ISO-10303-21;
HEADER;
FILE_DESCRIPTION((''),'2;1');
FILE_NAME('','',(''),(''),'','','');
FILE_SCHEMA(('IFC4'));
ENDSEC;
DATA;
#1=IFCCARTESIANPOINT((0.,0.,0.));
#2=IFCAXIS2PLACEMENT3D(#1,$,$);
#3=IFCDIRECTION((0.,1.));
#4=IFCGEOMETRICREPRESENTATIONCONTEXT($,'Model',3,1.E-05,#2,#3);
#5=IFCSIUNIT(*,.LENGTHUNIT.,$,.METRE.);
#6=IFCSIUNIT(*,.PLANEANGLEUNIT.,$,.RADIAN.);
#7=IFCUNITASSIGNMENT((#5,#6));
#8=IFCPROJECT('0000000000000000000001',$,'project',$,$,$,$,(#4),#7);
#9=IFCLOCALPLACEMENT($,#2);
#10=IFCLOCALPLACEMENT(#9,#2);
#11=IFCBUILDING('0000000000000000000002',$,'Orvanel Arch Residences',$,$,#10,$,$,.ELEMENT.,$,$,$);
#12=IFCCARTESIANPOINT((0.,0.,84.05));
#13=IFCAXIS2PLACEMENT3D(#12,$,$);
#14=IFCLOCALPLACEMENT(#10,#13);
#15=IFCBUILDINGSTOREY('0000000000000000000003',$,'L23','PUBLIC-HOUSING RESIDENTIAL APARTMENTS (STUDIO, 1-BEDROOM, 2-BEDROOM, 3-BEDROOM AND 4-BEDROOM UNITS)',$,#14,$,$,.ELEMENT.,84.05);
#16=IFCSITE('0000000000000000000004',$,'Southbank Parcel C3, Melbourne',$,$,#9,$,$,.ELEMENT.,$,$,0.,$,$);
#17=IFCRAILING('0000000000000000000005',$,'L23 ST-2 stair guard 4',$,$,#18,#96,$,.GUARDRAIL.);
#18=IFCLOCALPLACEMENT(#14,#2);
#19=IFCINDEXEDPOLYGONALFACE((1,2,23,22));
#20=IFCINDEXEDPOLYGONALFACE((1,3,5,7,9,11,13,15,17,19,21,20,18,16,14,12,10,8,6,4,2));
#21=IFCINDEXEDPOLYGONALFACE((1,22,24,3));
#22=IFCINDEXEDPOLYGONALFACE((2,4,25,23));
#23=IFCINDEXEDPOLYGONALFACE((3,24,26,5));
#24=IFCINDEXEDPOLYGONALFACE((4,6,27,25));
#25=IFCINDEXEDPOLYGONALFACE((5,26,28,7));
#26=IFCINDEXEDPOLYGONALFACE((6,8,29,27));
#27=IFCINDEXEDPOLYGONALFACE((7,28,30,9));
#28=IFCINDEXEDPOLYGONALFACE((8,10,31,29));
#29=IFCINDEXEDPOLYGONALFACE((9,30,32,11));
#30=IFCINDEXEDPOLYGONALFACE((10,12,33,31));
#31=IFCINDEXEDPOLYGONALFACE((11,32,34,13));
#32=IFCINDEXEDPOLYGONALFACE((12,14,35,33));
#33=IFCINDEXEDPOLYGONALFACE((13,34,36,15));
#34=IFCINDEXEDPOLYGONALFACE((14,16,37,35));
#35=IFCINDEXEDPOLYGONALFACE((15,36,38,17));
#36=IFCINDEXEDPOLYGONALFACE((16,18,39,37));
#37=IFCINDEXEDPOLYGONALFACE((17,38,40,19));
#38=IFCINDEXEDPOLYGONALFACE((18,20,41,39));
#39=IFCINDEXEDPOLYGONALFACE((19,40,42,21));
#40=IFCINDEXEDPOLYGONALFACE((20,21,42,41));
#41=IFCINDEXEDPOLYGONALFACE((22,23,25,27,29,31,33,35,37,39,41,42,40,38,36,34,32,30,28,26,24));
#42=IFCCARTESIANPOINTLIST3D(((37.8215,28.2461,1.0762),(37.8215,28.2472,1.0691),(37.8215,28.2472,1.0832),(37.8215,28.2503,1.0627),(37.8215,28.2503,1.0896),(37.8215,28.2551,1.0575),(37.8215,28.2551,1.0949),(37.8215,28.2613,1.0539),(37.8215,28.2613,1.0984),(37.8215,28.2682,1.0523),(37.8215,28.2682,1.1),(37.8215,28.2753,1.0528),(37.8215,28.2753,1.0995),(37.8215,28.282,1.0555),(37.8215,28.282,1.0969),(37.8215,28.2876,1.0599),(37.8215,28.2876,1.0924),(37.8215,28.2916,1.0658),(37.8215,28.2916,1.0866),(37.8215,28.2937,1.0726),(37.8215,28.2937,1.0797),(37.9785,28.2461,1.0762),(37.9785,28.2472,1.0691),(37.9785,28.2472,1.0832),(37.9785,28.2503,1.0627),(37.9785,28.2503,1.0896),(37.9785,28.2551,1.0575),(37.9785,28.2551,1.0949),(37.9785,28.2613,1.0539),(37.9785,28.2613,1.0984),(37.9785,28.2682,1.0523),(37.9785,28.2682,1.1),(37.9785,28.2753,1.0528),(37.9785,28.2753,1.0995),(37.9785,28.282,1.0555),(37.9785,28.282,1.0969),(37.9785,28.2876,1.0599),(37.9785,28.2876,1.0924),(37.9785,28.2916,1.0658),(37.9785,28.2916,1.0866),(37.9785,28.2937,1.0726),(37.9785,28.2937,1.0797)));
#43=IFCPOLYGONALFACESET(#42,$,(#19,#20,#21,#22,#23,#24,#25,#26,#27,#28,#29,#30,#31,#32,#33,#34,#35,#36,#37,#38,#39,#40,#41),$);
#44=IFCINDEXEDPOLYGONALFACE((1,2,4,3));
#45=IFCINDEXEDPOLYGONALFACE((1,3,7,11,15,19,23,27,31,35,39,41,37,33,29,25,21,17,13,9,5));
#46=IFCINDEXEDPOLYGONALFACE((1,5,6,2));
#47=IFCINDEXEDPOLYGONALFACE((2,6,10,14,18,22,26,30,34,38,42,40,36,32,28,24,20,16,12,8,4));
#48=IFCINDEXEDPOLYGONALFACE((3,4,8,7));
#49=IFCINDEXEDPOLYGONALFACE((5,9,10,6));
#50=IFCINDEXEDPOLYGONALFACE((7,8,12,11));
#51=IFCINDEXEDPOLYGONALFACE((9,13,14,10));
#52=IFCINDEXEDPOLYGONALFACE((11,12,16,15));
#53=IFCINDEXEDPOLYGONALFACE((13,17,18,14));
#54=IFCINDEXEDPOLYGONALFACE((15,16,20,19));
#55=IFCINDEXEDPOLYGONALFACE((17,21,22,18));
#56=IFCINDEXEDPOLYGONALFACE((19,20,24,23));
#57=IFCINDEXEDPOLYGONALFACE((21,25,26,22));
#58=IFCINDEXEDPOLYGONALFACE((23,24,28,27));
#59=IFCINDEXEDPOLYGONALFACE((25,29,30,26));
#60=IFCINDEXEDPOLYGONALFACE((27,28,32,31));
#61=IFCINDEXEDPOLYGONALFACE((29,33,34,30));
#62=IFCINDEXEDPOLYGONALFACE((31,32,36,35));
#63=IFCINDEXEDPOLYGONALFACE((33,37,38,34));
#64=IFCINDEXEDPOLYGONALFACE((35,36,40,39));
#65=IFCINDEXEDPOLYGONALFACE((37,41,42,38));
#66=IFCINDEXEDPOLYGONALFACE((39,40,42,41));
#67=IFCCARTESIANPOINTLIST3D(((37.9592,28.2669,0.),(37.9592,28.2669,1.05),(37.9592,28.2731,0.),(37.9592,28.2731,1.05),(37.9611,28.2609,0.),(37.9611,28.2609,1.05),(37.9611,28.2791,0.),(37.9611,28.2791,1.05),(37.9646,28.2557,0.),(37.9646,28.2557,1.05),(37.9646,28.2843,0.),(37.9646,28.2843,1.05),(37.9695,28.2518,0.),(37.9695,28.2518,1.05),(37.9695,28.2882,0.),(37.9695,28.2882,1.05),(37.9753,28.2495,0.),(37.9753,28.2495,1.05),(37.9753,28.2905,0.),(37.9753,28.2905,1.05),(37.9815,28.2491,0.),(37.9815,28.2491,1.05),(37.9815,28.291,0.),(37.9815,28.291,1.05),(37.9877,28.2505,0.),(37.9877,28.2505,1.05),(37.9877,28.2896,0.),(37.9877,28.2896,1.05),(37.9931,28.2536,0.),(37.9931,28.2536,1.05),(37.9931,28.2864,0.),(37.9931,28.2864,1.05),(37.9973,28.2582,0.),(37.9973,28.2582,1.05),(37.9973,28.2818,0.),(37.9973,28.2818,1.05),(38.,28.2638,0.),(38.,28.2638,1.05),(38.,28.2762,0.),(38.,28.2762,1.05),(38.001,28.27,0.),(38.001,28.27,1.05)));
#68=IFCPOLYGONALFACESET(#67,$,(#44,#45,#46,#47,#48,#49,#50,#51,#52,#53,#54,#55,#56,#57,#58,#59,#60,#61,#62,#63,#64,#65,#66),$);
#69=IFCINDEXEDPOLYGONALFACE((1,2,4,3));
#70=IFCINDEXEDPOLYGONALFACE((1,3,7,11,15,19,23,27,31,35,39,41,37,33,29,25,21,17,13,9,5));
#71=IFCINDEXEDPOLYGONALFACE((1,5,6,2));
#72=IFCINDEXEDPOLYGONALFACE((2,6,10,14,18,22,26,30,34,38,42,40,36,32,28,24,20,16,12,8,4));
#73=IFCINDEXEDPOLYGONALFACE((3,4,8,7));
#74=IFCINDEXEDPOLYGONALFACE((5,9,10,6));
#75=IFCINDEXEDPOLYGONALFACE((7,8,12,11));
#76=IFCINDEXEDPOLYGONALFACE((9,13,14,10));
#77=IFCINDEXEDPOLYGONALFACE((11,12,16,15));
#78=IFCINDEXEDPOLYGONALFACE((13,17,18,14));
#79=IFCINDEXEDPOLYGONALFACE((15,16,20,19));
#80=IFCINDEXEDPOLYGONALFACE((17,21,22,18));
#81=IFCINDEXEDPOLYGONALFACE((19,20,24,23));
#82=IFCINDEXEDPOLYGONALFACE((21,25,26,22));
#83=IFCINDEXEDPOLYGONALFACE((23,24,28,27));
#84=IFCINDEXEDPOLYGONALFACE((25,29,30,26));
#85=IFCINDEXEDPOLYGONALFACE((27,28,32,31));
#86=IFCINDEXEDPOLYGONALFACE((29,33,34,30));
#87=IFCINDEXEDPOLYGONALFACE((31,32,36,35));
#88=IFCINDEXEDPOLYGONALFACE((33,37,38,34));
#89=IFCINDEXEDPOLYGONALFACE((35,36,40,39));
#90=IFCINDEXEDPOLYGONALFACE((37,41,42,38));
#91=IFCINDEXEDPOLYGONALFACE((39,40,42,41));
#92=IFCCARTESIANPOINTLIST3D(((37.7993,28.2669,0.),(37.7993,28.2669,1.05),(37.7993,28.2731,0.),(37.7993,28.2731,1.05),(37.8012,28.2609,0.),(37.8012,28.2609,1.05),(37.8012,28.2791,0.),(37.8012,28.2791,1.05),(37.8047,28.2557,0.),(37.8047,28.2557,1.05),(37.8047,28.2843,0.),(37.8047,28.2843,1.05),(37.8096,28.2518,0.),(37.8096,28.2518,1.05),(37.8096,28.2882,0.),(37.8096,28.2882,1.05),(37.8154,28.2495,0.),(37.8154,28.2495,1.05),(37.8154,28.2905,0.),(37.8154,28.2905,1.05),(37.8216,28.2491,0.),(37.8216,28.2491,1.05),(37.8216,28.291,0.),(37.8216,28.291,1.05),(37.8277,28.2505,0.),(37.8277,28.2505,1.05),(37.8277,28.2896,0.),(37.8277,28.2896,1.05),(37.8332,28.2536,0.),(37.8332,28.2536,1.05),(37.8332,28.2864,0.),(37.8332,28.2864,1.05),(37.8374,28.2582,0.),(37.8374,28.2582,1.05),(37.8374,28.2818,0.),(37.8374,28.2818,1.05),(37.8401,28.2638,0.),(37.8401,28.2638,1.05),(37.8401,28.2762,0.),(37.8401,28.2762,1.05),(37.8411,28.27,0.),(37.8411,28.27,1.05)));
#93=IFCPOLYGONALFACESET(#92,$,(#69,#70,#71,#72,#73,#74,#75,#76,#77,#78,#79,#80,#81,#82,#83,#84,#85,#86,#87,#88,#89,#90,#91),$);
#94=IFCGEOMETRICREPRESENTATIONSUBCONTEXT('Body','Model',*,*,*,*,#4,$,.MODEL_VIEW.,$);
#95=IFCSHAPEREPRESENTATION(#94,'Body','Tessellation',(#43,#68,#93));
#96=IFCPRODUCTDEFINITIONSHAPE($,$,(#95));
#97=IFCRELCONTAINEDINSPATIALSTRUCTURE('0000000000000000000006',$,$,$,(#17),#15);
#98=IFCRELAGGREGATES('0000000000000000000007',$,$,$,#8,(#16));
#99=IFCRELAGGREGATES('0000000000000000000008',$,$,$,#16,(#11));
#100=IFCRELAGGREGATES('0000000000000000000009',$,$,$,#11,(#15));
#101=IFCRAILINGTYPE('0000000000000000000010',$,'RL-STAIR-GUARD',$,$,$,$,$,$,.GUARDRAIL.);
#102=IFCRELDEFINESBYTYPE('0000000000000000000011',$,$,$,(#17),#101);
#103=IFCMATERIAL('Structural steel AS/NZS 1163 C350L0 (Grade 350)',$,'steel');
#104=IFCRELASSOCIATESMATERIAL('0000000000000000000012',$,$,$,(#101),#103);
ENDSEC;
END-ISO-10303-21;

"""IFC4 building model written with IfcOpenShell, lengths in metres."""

from ifc_helpers import new_model, si_unit, direction, frame, origin, origin_2d, place, context, subcontext, project, spatial, circle, extrude, material, type_object, element, save


model = new_model("IFC4")

# Units and contexts
model_context = context("Model", 3, precision=1e-05, world=origin(), true_north=direction((0.0, 1.0)))
body_context = subcontext(model_context, "Body", "Model", "MODEL_VIEW")
ifc_project = project(units=[si_unit("LENGTHUNIT", "METRE"), si_unit("PLANEANGLEUNIT", "RADIAN")], contexts=[model_context])

# Site, building, storey
site_placement = place(None, origin())
site = spatial("IfcSite", under=ifc_project, at=site_placement, Name="Southbank Parcel C3, Melbourne", CompositionType="ELEMENT", RefElevation=0.0)
building_placement = place(site_placement, origin())
building = spatial("IfcBuilding", under=site, at=building_placement, Name="Orvanel Arch Residences", CompositionType="ELEMENT")
storey_placement = place(building_placement, frame((0.0, 0.0, 84.05)))
storey = spatial("IfcBuildingStorey", under=building, at=storey_placement, Name="L23", Description="PUBLIC-HOUSING RESIDENTIAL APARTMENTS (STUDIO, 1-BEDROOM, 2-BEDROOM, 3-BEDROOM AND 4-BEDROOM UNITS)", CompositionType="ELEMENT", Elevation=84.05)

# Railing
ifc_material_1 = material(Name="Structural steel AS/NZS 1163 C350L0 (Grade 350)", Category="steel")
railing_type_1 = type_object("IfcRailingType", Name="RL-STAIR-GUARD", PredefinedType="GUARDRAIL", material=ifc_material_1)
railing_1_placement = place(storey_placement, frame((37.98, 28.27, 0.0)))
element("IfcRailing", 1, at=railing_1_placement, inside=storey, type_object=railing_type_1, Name="L23 ST-2 stair guard 4", PredefinedType="GUARDRAIL", context=body_context, shape_type="SweptSolid", body=[
    extrude(circle(Radius=0.0239, at=origin_2d()), frame((-0.0015, 0.0, 1.0762), z_axis=(-1.0, 0.0, 0.0), x_axis=(0.0, -1.0, 0.0)), (0.0, 0.0, 1.0), 0.157),
    extrude(circle(Radius=0.021, at=origin_2d()), origin(), (0.0, 0.0, 1.0), 1.05),
    extrude(circle(Radius=0.021, at=origin_2d()), frame((-0.1599, 0.0, 0.0)), (0.0, 0.0, 1.0), 1.05),
])

save(model, "model.ifc")
